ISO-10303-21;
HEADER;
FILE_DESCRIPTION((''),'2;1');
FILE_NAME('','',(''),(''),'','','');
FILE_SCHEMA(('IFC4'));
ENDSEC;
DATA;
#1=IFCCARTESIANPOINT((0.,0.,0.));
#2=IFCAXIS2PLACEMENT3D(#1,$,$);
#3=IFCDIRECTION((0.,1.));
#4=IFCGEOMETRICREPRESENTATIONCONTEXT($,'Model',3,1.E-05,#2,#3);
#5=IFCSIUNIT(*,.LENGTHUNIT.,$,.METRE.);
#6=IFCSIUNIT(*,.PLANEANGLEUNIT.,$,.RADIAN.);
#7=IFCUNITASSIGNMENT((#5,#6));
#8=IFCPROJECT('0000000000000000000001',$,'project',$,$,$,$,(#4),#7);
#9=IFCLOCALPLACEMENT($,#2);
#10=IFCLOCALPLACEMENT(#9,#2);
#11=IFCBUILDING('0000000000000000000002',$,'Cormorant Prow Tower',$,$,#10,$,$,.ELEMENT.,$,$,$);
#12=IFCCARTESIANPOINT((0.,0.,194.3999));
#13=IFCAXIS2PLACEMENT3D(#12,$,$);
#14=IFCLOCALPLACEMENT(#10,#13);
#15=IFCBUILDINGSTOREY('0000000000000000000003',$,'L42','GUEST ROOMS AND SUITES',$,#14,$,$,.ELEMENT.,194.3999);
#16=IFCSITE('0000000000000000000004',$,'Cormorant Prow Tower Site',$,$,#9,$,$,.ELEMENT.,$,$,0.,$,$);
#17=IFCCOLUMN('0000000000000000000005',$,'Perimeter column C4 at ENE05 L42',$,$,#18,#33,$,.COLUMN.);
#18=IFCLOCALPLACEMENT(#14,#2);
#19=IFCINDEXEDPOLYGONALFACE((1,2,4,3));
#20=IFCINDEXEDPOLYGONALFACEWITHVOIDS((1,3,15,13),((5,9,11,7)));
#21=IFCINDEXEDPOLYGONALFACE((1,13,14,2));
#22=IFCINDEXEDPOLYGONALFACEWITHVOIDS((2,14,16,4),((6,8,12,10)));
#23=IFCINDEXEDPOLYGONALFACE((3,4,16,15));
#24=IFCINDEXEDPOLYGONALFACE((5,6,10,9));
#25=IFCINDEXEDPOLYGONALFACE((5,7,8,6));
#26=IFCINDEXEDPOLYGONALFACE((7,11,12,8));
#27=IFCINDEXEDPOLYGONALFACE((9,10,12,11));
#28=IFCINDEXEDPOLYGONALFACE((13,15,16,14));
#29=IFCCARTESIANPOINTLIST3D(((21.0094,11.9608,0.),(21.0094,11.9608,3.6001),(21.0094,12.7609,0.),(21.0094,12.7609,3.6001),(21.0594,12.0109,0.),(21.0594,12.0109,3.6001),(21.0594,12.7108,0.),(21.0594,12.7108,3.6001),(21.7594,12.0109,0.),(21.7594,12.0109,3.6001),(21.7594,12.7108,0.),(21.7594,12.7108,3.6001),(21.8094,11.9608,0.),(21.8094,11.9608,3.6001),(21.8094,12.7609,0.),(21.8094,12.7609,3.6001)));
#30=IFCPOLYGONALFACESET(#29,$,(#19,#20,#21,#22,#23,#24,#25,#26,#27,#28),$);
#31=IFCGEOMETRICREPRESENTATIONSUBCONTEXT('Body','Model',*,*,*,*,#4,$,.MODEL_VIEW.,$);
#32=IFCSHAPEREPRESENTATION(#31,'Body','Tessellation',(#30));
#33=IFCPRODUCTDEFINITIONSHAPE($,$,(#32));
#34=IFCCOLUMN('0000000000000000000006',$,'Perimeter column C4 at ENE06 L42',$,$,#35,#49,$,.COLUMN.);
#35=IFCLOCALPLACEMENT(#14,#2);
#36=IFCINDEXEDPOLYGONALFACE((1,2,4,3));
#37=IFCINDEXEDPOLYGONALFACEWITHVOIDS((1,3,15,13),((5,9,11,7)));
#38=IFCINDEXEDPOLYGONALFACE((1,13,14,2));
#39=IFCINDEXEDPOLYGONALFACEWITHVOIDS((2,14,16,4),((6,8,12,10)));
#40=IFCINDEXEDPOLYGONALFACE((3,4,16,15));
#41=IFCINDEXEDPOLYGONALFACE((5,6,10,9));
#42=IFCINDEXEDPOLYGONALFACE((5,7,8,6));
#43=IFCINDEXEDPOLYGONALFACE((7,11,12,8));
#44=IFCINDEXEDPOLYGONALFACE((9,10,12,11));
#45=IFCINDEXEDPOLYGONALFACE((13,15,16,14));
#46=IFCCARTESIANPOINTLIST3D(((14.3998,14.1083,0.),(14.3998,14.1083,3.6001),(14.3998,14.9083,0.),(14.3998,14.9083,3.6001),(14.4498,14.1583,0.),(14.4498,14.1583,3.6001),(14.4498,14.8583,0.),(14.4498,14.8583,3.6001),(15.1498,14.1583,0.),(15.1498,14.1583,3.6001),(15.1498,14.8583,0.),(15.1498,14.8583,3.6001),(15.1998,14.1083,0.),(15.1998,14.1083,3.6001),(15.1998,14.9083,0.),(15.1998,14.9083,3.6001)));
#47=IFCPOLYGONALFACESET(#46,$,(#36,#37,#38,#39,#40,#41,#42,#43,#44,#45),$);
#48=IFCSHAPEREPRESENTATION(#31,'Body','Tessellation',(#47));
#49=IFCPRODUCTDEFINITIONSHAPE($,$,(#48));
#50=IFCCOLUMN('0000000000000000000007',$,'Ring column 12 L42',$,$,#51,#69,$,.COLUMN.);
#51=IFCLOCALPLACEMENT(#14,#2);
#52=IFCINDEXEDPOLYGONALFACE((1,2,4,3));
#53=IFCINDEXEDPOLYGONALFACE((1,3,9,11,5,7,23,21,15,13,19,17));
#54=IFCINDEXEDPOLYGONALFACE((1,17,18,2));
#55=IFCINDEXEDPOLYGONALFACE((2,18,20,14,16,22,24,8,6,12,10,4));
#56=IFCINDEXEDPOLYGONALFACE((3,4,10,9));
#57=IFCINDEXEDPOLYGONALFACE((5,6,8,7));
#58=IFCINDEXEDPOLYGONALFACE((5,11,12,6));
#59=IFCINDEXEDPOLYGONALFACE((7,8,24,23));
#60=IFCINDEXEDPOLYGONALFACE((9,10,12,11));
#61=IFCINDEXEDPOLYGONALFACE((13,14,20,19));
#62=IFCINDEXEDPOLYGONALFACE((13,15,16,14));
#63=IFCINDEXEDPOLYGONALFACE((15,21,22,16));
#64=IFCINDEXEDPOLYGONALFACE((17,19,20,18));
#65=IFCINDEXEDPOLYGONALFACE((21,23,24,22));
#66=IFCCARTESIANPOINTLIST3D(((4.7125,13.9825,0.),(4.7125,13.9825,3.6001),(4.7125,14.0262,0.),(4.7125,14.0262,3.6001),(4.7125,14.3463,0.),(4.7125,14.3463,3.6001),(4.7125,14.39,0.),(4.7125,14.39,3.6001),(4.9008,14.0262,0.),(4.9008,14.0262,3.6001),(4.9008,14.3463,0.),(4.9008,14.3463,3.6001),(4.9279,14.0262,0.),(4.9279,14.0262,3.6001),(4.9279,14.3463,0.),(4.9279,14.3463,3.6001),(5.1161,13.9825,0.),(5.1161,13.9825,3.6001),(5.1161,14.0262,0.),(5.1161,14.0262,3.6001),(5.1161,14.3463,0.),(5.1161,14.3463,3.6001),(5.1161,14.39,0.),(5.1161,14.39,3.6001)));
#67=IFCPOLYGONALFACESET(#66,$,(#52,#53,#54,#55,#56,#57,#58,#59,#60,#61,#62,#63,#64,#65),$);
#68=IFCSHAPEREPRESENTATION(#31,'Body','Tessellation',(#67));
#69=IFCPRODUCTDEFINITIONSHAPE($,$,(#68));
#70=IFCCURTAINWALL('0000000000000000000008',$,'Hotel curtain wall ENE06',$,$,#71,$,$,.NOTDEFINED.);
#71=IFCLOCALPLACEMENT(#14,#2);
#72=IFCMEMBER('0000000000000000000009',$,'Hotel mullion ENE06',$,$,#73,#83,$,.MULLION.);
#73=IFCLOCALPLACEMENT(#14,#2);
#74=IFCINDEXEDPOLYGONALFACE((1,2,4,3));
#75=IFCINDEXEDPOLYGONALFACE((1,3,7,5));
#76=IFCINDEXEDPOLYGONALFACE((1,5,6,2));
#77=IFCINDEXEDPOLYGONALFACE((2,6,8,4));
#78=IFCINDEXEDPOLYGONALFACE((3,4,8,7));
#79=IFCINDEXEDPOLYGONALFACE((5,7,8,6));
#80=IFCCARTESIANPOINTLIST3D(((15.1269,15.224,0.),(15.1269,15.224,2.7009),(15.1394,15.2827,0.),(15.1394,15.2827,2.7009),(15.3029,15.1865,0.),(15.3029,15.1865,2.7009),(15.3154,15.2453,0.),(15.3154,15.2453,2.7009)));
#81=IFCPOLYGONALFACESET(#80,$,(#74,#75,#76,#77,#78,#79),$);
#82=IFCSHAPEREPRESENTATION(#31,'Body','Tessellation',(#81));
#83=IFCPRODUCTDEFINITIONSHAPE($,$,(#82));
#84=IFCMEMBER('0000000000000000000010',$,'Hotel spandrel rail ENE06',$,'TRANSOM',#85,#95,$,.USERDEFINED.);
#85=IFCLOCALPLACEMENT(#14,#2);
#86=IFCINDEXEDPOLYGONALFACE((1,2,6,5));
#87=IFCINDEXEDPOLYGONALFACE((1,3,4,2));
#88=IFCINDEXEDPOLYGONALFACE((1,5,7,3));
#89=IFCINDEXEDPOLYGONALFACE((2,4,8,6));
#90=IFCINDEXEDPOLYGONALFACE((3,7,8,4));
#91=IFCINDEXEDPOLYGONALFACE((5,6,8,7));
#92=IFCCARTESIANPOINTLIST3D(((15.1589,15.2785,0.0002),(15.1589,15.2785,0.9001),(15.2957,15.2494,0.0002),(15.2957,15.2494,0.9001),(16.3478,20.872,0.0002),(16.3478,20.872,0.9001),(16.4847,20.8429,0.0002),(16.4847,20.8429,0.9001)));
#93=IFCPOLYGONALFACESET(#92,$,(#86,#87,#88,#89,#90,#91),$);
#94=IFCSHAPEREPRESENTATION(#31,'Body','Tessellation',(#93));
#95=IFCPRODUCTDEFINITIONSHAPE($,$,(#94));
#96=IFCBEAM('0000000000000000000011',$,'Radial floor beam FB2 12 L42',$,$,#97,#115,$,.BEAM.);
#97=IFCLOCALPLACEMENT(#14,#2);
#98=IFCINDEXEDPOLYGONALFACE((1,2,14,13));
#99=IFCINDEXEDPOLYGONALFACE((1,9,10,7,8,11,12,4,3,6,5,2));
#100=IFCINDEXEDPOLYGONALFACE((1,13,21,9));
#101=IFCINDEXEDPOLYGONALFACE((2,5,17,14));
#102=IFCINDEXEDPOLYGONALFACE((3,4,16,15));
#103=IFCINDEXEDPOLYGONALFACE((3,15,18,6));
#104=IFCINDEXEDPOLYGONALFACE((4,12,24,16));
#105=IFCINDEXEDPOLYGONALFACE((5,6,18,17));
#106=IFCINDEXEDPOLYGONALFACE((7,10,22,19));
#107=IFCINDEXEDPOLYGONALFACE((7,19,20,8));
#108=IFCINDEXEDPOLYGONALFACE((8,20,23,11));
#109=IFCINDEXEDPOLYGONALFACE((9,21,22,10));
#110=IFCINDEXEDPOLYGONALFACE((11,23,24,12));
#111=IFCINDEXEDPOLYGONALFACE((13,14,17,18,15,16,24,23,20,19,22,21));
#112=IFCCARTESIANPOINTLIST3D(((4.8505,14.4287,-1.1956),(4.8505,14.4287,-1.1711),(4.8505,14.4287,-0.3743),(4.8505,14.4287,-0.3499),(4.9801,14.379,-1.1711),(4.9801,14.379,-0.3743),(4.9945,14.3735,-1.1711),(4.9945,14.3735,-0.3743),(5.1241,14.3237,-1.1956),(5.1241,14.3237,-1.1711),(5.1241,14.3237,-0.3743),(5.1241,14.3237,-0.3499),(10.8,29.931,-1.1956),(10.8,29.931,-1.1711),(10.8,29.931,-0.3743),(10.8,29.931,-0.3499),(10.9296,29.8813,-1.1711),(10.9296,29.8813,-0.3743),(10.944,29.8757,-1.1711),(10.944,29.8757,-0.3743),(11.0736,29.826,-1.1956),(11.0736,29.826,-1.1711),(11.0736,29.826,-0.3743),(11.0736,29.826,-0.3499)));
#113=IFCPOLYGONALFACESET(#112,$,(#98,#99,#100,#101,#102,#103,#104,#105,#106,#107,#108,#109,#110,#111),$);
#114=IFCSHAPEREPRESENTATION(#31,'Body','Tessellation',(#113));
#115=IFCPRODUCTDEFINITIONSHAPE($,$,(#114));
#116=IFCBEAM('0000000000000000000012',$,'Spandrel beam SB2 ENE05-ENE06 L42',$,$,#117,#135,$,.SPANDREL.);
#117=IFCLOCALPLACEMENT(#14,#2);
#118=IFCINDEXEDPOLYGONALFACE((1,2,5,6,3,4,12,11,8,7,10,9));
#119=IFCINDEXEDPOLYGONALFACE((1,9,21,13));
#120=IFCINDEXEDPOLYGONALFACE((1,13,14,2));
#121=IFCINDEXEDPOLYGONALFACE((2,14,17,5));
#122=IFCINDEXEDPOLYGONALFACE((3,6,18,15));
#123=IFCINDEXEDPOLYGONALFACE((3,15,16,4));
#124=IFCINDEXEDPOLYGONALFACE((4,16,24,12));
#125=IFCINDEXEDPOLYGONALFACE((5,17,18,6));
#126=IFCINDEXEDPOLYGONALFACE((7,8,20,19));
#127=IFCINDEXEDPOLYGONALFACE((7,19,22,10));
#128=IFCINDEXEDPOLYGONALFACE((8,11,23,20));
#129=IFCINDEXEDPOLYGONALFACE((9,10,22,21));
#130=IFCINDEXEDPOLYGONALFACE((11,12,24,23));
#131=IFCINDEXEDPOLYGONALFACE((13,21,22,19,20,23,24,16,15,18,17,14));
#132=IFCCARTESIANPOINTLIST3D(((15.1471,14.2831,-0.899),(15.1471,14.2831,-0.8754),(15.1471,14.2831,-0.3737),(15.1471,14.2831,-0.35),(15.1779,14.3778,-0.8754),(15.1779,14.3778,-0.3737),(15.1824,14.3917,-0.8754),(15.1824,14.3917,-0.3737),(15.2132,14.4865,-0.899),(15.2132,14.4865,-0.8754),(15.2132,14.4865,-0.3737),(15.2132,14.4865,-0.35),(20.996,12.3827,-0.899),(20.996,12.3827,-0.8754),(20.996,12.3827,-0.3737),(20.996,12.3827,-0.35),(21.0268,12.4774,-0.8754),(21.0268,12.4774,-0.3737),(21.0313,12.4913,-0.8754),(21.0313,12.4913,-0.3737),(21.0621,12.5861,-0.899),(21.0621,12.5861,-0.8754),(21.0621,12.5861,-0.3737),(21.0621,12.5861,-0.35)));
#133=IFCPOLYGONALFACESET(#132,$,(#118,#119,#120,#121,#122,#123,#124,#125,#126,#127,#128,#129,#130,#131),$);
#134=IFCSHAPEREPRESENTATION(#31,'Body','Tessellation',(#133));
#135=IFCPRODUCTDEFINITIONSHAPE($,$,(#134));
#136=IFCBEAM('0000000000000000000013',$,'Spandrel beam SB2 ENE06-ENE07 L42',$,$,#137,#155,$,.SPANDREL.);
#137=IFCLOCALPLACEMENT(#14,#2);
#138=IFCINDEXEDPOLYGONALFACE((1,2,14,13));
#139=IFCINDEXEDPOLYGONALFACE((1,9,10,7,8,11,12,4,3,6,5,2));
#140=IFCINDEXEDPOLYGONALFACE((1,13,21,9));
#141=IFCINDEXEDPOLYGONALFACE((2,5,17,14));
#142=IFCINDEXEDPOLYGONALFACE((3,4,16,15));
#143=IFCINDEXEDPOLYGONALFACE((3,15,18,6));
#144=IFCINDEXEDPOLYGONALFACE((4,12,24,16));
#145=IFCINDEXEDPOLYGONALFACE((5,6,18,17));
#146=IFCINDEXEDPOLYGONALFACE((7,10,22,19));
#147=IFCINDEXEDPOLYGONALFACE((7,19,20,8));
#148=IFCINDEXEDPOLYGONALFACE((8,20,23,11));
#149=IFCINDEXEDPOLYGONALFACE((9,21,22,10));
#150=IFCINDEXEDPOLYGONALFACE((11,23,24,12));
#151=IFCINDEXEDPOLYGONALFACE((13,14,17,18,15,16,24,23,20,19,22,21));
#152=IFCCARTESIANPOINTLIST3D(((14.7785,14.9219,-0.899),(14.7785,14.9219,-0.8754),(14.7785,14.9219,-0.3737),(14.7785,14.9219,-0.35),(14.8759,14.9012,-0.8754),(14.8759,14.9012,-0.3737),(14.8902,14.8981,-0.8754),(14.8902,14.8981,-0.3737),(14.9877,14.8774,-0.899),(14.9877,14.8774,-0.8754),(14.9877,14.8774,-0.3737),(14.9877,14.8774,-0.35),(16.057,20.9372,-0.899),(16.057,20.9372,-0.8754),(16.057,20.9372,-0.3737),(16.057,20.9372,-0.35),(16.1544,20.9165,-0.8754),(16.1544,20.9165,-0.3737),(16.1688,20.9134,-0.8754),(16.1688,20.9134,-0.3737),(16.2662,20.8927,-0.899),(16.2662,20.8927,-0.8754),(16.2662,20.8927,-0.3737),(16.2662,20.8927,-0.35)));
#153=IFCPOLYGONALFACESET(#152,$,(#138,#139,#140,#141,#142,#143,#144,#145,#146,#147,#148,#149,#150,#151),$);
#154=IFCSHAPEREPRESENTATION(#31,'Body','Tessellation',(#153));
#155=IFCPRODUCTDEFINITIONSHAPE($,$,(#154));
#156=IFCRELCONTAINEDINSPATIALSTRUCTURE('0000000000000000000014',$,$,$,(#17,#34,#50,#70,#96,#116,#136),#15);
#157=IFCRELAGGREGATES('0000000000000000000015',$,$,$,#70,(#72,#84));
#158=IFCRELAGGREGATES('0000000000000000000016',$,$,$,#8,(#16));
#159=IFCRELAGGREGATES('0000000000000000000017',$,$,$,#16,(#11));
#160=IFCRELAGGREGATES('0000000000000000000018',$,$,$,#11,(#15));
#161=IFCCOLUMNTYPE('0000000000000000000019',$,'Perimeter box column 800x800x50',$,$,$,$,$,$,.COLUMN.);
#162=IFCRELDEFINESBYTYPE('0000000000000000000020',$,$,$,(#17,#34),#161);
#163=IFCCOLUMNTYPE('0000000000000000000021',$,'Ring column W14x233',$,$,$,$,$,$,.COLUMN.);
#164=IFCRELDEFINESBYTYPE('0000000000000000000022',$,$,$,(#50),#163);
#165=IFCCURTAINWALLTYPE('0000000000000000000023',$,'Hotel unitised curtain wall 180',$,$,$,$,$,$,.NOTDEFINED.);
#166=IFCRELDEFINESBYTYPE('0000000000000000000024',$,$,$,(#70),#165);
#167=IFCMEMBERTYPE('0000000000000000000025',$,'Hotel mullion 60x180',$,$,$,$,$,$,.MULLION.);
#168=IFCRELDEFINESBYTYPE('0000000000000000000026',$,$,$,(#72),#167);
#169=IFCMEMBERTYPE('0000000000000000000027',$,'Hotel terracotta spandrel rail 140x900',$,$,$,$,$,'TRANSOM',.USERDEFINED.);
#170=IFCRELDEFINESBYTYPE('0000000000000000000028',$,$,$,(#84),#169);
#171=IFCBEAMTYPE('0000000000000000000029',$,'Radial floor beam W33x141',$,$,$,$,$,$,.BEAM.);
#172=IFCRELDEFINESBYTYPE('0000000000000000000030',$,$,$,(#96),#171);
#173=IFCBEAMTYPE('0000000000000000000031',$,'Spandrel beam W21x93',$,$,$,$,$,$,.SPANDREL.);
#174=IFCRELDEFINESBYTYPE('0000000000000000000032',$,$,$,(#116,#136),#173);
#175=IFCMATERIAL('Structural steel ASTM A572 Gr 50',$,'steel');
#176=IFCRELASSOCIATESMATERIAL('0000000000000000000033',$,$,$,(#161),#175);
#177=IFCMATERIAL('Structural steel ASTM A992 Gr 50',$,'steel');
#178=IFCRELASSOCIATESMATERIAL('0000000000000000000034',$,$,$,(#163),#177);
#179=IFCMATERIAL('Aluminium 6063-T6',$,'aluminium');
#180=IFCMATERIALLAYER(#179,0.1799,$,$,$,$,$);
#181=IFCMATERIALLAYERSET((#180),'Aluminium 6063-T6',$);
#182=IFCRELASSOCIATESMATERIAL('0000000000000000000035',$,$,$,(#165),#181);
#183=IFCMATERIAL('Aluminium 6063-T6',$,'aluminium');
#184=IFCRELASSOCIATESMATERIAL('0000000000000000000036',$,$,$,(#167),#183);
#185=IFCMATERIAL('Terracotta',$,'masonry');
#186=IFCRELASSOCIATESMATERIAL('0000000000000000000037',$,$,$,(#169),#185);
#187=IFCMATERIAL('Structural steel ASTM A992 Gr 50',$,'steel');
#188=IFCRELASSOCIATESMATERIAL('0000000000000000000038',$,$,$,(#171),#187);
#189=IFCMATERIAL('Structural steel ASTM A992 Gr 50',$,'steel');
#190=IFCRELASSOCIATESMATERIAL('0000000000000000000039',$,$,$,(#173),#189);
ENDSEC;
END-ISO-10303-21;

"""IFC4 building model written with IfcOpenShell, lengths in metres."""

from ifc_helpers import new_model, si_unit, direction, frame, origin, origin_2d, place, context, subcontext, project, spatial, rectangle, hollow_rectangle, i_section, extrude, material, layer, layer_set, material_profile, profile_set, type_object, element, aggregate, save


model = new_model("IFC4")

# Units and contexts
model_context = context("Model", 3, precision=1e-05, world=origin(), true_north=direction((0.0, 1.0)))
body_context = subcontext(model_context, "Body", "Model", "MODEL_VIEW")
ifc_project = project(units=[si_unit("LENGTHUNIT", "METRE"), si_unit("PLANEANGLEUNIT", "RADIAN")], contexts=[model_context])

# Site, building, storey
site_placement = place(None, origin())
site = spatial("IfcSite", under=ifc_project, at=site_placement, Name="Cormorant Prow Tower Site", CompositionType="ELEMENT", RefElevation=0.0)
building_placement = place(site_placement, origin())
building = spatial("IfcBuilding", under=site, at=building_placement, Name="Cormorant Prow Tower", CompositionType="ELEMENT")
storey_placement = place(building_placement, frame((0.0, 0.0, 194.3999)))
storey = spatial("IfcBuildingStorey", under=building, at=storey_placement, Name="L42", Description="GUEST ROOMS AND SUITES", CompositionType="ELEMENT", Elevation=194.3999)

# Columns
ifc_material_1 = material(Name="Structural steel ASTM A572 Gr 50", Category="steel")
ifc_material_profile_1 = material_profile(ifc_material_1, hollow_rectangle(XDim=0.8, YDim=0.8, WallThickness=0.05, at=origin_2d()), Name="Box 800x800x50")
ifc_profile_set_1 = profile_set([ifc_material_profile_1], Name="Structural steel ASTM A572 Gr 50")
column_type_1 = type_object("IfcColumnType", Name="Perimeter box column 800x800x50", PredefinedType="COLUMN", material=ifc_profile_set_1)
for number, where, z_axis, x_axis, name in (
    (1, (21.4094, 12.3608, 0.0), (0.0, 0.0, 1.0), (1.0, 0.0, 0.0), "Perimeter column C4 at ENE05 L42"),
    (2, (14.7998, 14.5083, 0.0), (0.0, 0.0, 1.0), (1.0, 0.0, 0.0), "Perimeter column C4 at ENE06 L42"),
):
    element("IfcColumn", number, at=place(storey_placement, frame(where, z_axis=z_axis, x_axis=x_axis)), inside=storey, type_object=column_type_1, Name=name, PredefinedType="COLUMN", context=body_context, shape_type="SweptSolid", body=[
        extrude(hollow_rectangle(XDim=0.8, YDim=0.8, WallThickness=0.05, at=origin_2d()), origin(), (0.0, 0.0, 1.0), 3.6001),
    ])
ifc_material_2 = material(Name="Structural steel ASTM A992 Gr 50", Category="steel")
ifc_material_profile_2 = material_profile(ifc_material_2, i_section(OverallWidth=0.4036, OverallDepth=0.4075, WebThickness=0.0271, FlangeThickness=0.0437, at=origin_2d()), Name="W14x233")
ifc_profile_set_2 = profile_set([ifc_material_profile_2], Name="Structural steel ASTM A992 Gr 50")
column_type_2 = type_object("IfcColumnType", Name="Ring column W14x233", PredefinedType="COLUMN", material=ifc_profile_set_2)
column_placement = place(storey_placement, frame((4.9143, 14.1863, 0.0), z_axis=(0.0, 0.0, 1.0), x_axis=(1.0, 0.0, 0.0)))
element("IfcColumn", 3, at=column_placement, inside=storey, type_object=column_type_2, Name="Ring column 12 L42", PredefinedType="COLUMN", context=body_context, shape_type="SweptSolid", body=[
    extrude(i_section(OverallWidth=0.4036, OverallDepth=0.4075, WebThickness=0.0271, FlangeThickness=0.0437, at=origin_2d()), origin(), (0.0, 0.0, 1.0), 3.6001),
])

# Curtain wall, members
ifc_material_3 = material(Name="Aluminium 6063-T6", Category="aluminium")
ifc_layer_1 = layer(ifc_material_3, 0.1799)
ifc_layer_set_1 = layer_set([ifc_layer_1], Name="Aluminium 6063-T6")
curtain_wall_type = type_object("IfcCurtainWallType", Name="Hotel unitised curtain wall 180", PredefinedType="NOTDEFINED", material=ifc_layer_set_1)
curtain_wall_placement = place(storey_placement, origin())
curtain_wall = element("IfcCurtainWall", 4, at=curtain_wall_placement, inside=storey, type_object=curtain_wall_type, Name="Hotel curtain wall ENE06", PredefinedType="NOTDEFINED")
ifc_material_4 = material(Name="Aluminium 6063-T6", Category="aluminium")
ifc_material_profile_3 = material_profile(ifc_material_4, rectangle(XDim=0.1799, YDim=0.0601, at=origin_2d()), Name="Hotel mullion 60x180")
ifc_profile_set_3 = profile_set([ifc_material_profile_3], Name="Aluminium 6063-T6")
member_type_1 = type_object("IfcMemberType", Name="Hotel mullion 60x180", PredefinedType="MULLION", material=ifc_profile_set_3)
member_1_placement = place(storey_placement, frame((15.2212, 15.2346, 0.0), z_axis=(0.0, 0.0, 1.0), x_axis=(-0.978148, 0.207912, 0.0)))
member_1 = element("IfcMember", 5, at=member_1_placement, type_object=member_type_1, Name="Hotel mullion ENE06", PredefinedType="MULLION", context=body_context, shape_type="SweptSolid", body=[
    extrude(rectangle(XDim=0.1799, YDim=0.0601, at=origin_2d()), origin(), (0.0, 0.0, 1.0), 2.7009),
])
ifc_material_5 = material(Name="Terracotta", Category="masonry")
ifc_material_profile_4 = material_profile(ifc_material_5, rectangle(XDim=0.1399, YDim=0.8999, at=origin_2d()), Name="Hotel terracotta spandrel rail 140x900")
ifc_profile_set_4 = profile_set([ifc_material_profile_4], Name="Terracotta")
member_type_2 = type_object("IfcMemberType", Name="Hotel terracotta spandrel rail 140x900", ElementType="TRANSOM", PredefinedType="USERDEFINED", material=ifc_profile_set_4)
member_2_placement = place(storey_placement, frame((15.2273, 15.2639, 0.4502), z_axis=(0.207916, 0.978147, 0.0), x_axis=(-0.978147, 0.207916, 0.0)))
member_2 = element("IfcMember", 6, at=member_2_placement, type_object=member_type_2, Name="Hotel spandrel rail ENE06", ObjectType="TRANSOM", PredefinedType="USERDEFINED", context=body_context, shape_type="SweptSolid", body=[
    extrude(rectangle(XDim=0.1399, YDim=0.8999, at=origin_2d()), origin(), (0.0, 0.0, 1.0), 5.7185),
])
aggregate(curtain_wall, [member_1, member_2])

# Beams
ifc_material_6 = material(Name="Structural steel ASTM A992 Gr 50", Category="steel")
ifc_material_profile_5 = material_profile(ifc_material_6, i_section(OverallWidth=0.293, OverallDepth=0.8457, WebThickness=0.0154, FlangeThickness=0.0244, at=origin_2d()), Name="W33x141")
ifc_profile_set_5 = profile_set([ifc_material_profile_5], Name="Structural steel ASTM A992 Gr 50")
beam_type_1 = type_object("IfcBeamType", Name="Radial floor beam W33x141", PredefinedType="BEAM", material=ifc_profile_set_5)
beam_1_placement = place(storey_placement, frame((4.9873, 14.3762, -0.7727), z_axis=(0.358301, 0.933606, 0.0), x_axis=(-0.933606, 0.358301, 0.0)))
element("IfcBeam", 7, at=beam_1_placement, inside=storey, type_object=beam_type_1, Name="Radial floor beam FB2 12 L42", PredefinedType="BEAM", context=body_context, shape_type="SweptSolid", body=[
    extrude(i_section(OverallWidth=0.293, OverallDepth=0.8457, WebThickness=0.0154, FlangeThickness=0.0244, at=origin_2d()), origin(), (0.0, 0.0, 1.0), 16.6047),
])
ifc_material_7 = material(Name="Structural steel ASTM A992 Gr 50", Category="steel")
ifc_material_profile_6 = material_profile(ifc_material_7, i_section(OverallWidth=0.2139, OverallDepth=0.5491, WebThickness=0.0146, FlangeThickness=0.0237, at=origin_2d()), Name="W21x93")
ifc_profile_set_6 = profile_set([ifc_material_profile_6], Name="Structural steel ASTM A992 Gr 50")
beam_type_2 = type_object("IfcBeamType", Name="Spandrel beam W21x93", PredefinedType="SPANDREL", material=ifc_profile_set_6)
beam_2_placement = place(storey_placement, frame((21.0291, 12.4844, -0.6245), z_axis=(-0.951058, 0.309013, 0.0), x_axis=(-0.309013, -0.951058, 0.0)))
element("IfcBeam", 8, at=beam_2_placement, inside=storey, type_object=beam_type_2, Name="Spandrel beam SB2 ENE05-ENE06 L42", PredefinedType="SPANDREL", context=body_context, shape_type="SweptSolid", body=[
    extrude(i_section(OverallWidth=0.2139, OverallDepth=0.5491, WebThickness=0.0146, FlangeThickness=0.0237, at=origin_2d()), origin(), (0.0, 0.0, 1.0), 6.1499),
])
beam_3_placement = place(storey_placement, frame((14.8831, 14.8997, -0.6245), z_axis=(0.207905, 0.978149, 0.0), x_axis=(-0.978149, 0.207905, 0.0)))
element("IfcBeam", 9, at=beam_3_placement, inside=storey, type_object=beam_type_2, Name="Spandrel beam SB2 ENE06-ENE07 L42", PredefinedType="SPANDREL", context=body_context, shape_type="SweptSolid", body=[
    extrude(i_section(OverallWidth=0.2139, OverallDepth=0.5491, WebThickness=0.0146, FlangeThickness=0.0237, at=origin_2d()), origin(), (0.0, 0.0, 1.0), 6.1497),
])

save(model, "model.ifc")
